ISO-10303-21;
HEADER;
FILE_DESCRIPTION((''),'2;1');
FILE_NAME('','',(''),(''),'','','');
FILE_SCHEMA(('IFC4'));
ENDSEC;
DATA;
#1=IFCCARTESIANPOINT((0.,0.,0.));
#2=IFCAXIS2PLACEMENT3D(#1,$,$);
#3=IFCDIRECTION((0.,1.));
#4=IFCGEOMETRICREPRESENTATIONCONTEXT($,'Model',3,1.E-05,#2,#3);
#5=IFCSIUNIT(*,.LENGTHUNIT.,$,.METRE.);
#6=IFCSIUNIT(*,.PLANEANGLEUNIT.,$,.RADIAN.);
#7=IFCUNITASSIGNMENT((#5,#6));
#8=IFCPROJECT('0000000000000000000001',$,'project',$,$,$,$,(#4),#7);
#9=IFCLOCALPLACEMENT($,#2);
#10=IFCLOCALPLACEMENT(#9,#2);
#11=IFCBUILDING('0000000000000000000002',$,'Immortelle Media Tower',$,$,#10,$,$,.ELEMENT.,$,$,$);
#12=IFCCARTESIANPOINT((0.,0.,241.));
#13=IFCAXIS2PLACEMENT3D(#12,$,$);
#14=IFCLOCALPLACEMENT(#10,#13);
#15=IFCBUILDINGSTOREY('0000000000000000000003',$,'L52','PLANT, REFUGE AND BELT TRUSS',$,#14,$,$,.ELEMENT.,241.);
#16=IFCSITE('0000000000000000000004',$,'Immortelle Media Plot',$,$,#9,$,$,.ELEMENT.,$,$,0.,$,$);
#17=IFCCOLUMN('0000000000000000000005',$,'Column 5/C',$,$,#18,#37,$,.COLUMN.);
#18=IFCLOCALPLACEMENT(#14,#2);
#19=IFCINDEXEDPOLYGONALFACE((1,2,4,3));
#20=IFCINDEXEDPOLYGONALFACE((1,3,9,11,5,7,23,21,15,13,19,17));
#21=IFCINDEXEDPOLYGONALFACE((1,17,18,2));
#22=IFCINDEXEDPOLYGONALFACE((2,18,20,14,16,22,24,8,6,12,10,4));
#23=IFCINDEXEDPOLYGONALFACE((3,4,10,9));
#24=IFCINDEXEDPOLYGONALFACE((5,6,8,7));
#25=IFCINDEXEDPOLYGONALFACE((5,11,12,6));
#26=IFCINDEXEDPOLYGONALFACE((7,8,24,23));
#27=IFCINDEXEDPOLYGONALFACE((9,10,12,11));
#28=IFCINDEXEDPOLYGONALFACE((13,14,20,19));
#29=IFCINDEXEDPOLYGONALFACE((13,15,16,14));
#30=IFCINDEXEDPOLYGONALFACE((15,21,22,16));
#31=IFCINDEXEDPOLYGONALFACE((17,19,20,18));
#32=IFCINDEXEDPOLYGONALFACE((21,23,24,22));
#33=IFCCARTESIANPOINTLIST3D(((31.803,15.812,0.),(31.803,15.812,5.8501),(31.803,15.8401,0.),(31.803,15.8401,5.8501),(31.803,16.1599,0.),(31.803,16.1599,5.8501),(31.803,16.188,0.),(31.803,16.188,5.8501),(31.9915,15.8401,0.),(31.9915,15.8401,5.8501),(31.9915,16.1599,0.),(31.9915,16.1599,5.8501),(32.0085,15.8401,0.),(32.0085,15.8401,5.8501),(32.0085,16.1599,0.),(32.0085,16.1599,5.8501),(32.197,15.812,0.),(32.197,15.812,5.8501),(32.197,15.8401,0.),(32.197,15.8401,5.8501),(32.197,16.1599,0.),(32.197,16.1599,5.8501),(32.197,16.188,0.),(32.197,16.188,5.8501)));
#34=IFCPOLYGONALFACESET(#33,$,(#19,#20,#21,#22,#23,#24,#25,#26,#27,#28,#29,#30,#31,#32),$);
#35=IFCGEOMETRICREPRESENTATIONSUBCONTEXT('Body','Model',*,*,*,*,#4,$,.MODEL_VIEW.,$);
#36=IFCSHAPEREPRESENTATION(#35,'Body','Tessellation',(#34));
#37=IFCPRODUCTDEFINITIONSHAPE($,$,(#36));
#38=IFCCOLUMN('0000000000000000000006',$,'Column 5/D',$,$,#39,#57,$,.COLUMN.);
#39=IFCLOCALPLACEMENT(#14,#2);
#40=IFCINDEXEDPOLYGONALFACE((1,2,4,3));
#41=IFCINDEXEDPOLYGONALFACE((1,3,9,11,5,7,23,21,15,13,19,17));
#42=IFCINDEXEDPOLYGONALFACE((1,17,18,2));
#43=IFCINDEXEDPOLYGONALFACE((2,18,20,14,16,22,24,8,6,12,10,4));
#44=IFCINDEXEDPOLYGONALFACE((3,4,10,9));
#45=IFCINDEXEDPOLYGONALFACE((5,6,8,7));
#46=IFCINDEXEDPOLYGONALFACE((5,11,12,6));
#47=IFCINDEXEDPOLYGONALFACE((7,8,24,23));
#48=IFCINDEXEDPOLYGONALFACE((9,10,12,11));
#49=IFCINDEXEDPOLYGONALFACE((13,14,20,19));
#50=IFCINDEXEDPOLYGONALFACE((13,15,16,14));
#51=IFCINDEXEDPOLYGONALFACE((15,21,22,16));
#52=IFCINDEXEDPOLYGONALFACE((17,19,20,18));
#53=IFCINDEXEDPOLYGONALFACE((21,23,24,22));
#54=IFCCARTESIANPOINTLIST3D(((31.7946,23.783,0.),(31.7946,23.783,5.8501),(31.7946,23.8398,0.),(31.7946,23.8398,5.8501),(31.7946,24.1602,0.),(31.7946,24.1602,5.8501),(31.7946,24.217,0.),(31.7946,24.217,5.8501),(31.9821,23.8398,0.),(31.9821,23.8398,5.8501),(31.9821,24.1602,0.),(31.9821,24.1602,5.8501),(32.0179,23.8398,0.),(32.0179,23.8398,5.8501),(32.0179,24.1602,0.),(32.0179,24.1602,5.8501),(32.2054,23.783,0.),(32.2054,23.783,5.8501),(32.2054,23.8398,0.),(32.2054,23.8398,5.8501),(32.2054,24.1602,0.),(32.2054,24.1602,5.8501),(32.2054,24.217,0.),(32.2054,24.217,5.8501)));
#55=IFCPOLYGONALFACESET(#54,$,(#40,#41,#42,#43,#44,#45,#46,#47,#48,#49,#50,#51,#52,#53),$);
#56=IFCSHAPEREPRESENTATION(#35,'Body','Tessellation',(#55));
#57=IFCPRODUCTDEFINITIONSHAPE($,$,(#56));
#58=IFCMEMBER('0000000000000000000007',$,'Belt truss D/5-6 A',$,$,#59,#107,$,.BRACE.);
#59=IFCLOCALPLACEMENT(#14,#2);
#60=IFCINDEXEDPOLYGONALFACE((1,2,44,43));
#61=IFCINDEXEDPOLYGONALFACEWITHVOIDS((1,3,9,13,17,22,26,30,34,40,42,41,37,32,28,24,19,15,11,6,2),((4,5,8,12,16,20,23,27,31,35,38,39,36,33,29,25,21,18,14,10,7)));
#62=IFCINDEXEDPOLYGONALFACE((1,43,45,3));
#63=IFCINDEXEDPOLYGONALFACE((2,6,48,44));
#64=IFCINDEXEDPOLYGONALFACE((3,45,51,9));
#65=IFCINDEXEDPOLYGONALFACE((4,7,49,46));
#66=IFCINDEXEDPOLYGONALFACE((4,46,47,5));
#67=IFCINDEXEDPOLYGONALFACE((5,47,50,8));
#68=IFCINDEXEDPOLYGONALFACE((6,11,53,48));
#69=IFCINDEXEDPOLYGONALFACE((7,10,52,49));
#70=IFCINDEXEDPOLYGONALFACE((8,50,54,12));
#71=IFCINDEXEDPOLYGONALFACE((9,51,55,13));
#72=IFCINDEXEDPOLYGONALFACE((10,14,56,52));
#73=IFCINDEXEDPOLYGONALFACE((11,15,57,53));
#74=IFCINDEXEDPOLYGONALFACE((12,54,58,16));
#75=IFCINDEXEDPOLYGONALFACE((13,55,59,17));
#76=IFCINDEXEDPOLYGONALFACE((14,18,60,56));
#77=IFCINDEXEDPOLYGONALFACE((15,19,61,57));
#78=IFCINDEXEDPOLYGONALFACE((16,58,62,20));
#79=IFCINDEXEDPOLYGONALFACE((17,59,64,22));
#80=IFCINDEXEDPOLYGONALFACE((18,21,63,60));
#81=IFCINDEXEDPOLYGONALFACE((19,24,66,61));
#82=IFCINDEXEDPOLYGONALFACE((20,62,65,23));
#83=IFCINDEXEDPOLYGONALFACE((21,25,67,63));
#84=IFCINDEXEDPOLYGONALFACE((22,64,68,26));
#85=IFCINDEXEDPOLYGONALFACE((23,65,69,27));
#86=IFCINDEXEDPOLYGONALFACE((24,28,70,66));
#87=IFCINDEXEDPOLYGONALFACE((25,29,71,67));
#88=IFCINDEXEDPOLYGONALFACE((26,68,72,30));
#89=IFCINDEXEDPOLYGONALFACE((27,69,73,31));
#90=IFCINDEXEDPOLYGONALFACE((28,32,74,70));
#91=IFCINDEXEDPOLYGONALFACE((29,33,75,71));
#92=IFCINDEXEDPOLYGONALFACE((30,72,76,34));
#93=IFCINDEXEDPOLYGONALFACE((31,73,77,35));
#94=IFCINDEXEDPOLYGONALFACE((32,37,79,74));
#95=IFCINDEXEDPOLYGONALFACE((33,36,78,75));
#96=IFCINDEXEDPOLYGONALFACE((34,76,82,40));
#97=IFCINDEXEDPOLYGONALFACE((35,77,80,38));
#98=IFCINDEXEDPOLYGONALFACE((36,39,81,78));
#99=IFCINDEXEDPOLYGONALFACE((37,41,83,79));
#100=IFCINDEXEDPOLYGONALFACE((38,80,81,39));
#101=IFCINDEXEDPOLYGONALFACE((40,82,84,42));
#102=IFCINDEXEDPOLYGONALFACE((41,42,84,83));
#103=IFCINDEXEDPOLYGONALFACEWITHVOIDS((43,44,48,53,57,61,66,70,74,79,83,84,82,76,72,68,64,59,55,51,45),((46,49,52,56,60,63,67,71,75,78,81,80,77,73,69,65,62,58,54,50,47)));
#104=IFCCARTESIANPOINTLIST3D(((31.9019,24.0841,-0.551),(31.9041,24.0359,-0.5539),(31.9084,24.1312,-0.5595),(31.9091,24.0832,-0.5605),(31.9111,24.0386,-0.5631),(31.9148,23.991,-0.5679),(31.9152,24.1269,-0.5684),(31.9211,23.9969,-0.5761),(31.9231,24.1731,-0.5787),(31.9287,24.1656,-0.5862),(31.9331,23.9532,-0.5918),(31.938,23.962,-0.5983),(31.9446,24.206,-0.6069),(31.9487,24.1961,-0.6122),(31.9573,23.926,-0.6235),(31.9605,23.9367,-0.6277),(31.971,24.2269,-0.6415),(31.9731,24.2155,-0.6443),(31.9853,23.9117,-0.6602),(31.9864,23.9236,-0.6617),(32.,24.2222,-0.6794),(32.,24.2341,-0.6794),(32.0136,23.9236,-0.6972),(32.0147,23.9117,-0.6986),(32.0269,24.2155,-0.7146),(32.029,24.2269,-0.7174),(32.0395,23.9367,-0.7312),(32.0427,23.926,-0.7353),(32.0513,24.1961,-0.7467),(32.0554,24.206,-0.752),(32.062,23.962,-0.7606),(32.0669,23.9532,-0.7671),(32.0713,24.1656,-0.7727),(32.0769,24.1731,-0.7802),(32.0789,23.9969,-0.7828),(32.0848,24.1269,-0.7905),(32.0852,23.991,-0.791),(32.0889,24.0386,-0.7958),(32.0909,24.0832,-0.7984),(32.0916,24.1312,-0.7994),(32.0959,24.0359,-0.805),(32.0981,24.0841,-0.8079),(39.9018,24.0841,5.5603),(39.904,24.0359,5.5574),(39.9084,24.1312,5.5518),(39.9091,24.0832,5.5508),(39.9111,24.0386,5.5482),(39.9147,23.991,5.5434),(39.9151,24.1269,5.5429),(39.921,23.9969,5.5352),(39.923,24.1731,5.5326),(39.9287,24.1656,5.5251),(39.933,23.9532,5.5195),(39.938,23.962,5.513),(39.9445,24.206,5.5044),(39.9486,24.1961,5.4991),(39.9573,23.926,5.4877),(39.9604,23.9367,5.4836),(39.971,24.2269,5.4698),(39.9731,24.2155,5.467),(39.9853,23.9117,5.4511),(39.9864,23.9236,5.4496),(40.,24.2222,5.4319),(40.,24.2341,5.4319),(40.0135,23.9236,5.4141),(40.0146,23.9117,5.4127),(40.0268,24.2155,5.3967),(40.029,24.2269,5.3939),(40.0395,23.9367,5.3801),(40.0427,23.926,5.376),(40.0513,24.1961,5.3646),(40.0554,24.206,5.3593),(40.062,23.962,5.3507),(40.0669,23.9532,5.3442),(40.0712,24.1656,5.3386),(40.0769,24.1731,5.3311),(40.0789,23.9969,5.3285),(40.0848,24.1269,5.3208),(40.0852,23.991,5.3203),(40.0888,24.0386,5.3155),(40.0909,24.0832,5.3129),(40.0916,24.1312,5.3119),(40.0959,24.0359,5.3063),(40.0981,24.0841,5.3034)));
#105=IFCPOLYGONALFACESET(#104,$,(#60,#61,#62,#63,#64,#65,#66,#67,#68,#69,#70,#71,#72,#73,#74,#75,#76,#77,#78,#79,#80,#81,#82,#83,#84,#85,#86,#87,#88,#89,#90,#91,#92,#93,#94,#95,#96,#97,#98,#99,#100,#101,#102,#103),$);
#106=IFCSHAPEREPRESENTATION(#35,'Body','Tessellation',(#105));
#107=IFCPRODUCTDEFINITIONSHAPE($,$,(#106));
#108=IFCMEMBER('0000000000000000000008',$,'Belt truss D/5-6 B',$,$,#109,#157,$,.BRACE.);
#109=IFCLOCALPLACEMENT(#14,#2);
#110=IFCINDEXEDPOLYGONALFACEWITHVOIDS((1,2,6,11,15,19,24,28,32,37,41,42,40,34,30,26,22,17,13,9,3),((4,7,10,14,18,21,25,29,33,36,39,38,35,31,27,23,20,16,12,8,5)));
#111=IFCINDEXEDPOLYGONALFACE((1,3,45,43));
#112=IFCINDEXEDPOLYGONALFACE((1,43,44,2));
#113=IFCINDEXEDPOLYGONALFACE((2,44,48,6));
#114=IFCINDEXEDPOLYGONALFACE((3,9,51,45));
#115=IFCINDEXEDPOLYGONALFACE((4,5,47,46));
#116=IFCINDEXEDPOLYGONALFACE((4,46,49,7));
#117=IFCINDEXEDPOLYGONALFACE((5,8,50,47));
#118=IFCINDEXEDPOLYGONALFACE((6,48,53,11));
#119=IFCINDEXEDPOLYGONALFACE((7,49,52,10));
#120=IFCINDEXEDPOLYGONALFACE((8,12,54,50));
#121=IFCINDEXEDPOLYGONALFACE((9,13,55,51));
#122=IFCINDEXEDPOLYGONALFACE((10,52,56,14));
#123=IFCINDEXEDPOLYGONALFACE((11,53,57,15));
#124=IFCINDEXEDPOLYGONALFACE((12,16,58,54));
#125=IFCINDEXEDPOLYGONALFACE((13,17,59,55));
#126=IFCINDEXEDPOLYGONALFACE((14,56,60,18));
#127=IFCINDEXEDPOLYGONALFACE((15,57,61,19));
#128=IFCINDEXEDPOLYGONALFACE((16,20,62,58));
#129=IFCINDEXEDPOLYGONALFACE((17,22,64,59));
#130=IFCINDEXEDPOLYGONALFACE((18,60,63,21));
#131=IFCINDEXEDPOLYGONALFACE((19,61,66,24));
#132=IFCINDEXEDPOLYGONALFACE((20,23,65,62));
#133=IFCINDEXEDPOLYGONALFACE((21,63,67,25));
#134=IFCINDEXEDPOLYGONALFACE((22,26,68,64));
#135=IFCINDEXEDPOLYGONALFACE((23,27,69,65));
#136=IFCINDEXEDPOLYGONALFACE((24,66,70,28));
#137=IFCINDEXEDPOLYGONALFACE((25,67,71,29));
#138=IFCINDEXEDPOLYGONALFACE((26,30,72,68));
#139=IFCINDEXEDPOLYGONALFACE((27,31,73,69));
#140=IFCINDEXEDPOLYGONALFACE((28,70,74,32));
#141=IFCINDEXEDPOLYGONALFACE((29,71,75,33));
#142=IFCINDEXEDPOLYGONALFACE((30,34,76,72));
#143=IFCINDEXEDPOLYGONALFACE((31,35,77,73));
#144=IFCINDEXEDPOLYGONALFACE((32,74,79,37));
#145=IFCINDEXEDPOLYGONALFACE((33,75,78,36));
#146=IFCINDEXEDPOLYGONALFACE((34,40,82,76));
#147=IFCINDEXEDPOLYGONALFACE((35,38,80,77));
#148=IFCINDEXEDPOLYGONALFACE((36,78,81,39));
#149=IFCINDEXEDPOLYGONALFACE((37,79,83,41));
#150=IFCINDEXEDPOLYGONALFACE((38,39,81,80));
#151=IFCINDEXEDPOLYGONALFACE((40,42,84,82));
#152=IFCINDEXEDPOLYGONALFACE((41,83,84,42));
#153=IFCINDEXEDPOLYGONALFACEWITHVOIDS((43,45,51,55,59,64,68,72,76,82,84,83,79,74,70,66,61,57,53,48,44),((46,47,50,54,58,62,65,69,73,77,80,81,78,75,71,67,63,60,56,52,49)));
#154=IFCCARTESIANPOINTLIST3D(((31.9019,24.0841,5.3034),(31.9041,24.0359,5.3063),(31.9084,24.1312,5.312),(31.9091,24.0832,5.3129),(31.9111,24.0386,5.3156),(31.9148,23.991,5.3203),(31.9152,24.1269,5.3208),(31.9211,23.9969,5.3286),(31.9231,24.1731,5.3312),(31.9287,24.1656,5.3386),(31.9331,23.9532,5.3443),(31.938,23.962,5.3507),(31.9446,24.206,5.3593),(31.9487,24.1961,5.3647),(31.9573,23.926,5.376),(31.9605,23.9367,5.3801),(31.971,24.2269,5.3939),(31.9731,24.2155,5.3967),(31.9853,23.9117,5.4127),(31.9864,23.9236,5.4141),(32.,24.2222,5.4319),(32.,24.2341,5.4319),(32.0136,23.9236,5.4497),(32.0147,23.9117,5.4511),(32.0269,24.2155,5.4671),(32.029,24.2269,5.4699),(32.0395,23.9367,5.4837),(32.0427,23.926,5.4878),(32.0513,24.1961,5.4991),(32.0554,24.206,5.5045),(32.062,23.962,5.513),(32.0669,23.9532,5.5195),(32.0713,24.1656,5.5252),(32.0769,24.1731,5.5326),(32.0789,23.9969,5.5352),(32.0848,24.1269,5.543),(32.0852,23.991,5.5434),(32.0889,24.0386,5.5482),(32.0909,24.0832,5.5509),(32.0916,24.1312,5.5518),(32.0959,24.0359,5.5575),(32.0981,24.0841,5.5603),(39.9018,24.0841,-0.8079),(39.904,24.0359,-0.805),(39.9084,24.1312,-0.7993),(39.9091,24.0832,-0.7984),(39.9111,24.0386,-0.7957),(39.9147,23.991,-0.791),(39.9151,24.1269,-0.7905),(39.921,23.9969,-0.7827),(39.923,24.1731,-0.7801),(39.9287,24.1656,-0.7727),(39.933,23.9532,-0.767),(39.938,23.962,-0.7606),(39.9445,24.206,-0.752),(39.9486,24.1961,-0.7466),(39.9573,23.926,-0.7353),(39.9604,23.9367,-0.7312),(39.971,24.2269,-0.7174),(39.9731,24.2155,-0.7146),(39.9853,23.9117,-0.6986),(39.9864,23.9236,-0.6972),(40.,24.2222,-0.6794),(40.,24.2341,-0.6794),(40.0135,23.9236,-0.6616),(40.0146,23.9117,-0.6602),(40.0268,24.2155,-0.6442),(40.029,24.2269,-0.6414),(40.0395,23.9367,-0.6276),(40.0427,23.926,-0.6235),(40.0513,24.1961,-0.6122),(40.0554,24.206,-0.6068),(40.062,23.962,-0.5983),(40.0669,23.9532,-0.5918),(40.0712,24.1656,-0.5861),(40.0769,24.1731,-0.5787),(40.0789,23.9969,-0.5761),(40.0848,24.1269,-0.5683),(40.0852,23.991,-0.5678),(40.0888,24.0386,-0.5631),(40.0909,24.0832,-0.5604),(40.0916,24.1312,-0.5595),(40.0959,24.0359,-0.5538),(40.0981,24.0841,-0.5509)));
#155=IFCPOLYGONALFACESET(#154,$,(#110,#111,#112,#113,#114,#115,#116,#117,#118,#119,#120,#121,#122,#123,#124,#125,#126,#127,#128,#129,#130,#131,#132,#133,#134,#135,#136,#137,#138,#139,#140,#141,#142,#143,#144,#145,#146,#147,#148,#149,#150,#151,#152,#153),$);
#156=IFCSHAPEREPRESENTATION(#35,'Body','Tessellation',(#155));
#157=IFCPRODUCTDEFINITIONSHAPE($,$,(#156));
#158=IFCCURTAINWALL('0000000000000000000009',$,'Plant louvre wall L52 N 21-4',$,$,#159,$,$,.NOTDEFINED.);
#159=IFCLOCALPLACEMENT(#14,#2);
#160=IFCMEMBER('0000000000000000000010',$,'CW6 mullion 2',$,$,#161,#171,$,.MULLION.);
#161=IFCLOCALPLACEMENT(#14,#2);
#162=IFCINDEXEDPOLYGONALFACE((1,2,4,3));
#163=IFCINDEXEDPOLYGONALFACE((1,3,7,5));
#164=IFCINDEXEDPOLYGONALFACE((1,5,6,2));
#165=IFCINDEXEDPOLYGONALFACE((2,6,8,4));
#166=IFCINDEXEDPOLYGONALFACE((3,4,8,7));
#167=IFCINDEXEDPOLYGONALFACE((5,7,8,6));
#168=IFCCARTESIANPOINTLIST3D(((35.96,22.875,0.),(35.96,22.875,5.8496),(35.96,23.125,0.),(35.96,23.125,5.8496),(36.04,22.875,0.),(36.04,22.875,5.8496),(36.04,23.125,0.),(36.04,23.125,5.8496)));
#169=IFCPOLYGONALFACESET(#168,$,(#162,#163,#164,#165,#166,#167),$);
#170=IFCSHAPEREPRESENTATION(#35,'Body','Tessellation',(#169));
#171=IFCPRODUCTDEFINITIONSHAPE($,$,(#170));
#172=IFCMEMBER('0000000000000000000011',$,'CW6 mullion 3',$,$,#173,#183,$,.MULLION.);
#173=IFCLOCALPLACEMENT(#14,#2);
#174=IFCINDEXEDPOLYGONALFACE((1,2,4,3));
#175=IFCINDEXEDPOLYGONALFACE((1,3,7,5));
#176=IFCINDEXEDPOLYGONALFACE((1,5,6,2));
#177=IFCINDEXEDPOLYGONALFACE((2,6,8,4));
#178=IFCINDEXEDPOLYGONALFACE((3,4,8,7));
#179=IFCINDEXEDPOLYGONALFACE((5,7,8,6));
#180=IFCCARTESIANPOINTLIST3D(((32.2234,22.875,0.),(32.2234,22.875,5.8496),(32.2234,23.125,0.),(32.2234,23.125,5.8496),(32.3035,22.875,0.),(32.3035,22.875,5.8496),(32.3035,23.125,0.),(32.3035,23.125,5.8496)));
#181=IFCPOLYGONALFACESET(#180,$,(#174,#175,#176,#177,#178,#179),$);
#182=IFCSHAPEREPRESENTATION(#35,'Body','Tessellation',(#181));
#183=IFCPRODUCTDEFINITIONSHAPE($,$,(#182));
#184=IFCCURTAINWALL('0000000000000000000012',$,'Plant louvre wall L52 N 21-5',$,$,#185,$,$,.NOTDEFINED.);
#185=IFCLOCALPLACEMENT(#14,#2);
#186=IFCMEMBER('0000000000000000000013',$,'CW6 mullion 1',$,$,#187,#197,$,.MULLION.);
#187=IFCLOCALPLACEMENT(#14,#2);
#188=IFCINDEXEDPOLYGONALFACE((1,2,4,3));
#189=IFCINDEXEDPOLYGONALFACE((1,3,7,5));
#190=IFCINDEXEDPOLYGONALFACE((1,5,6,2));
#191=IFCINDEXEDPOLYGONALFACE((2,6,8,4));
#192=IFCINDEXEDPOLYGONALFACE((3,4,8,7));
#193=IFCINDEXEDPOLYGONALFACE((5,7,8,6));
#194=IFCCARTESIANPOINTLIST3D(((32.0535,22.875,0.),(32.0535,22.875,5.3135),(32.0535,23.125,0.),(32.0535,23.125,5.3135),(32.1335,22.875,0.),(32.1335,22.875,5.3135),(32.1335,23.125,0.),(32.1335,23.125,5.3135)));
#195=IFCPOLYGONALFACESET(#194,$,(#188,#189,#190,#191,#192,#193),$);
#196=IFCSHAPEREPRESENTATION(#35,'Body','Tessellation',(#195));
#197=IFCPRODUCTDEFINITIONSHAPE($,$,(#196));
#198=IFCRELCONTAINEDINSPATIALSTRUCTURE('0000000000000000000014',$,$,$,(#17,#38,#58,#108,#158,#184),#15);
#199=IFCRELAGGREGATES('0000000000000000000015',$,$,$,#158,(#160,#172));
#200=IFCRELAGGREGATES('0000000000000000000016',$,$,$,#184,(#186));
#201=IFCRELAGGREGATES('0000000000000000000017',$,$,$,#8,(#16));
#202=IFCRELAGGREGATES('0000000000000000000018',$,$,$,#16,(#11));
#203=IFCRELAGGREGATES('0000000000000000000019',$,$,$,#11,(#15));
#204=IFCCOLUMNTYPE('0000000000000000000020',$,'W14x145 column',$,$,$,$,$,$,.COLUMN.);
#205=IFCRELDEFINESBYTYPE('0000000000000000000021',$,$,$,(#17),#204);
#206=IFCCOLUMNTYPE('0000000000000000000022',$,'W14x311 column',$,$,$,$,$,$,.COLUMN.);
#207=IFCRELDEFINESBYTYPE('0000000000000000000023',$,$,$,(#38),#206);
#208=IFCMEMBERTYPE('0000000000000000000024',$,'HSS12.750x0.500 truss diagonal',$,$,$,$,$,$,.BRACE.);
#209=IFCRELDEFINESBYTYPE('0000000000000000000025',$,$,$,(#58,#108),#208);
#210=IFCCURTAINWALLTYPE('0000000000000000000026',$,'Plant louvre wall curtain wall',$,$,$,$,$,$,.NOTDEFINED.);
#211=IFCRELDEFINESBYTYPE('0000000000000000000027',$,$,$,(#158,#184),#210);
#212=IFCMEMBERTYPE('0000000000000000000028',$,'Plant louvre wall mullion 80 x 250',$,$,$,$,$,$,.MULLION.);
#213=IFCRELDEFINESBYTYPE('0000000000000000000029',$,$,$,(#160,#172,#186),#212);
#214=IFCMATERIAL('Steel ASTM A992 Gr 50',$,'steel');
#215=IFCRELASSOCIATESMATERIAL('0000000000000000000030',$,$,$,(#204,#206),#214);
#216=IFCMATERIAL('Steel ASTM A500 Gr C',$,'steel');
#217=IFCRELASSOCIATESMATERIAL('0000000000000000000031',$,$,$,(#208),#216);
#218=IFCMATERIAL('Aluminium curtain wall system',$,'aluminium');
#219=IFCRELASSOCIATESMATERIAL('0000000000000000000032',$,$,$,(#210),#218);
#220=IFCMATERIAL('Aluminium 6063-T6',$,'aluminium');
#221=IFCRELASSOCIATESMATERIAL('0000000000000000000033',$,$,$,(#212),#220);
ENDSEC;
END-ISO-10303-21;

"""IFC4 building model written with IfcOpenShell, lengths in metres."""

from ifc_helpers import new_model, si_unit, direction, frame, origin, origin_2d, place, context, subcontext, project, spatial, rectangle, hollow_circle, i_section, extrude, material, material_profile, profile_set, type_object, element, aggregate, save


model = new_model("IFC4")

# Units and contexts
model_context = context("Model", 3, precision=1e-05, world=origin(), true_north=direction((0.0, 1.0)))
body_context = subcontext(model_context, "Body", "Model", "MODEL_VIEW")
ifc_project = project(units=[si_unit("LENGTHUNIT", "METRE"), si_unit("PLANEANGLEUNIT", "RADIAN")], contexts=[model_context])

# Site, building, storey
site_placement = place(None, origin())
site = spatial("IfcSite", under=ifc_project, at=site_placement, Name="Immortelle Media Plot", CompositionType="ELEMENT", RefElevation=0.0)
building_placement = place(site_placement, origin())
building = spatial("IfcBuilding", under=site, at=building_placement, Name="Immortelle Media Tower", CompositionType="ELEMENT")
storey_placement = place(building_placement, frame((0.0, 0.0, 241.0)))
storey = spatial("IfcBuildingStorey", under=building, at=storey_placement, Name="L52", Description="PLANT, REFUGE AND BELT TRUSS", CompositionType="ELEMENT", Elevation=241.0)

# Columns
ifc_material_1 = material(Name="Steel ASTM A992 Gr 50", Category="steel")
ifc_material_profile_1 = material_profile(ifc_material_1, i_section(OverallWidth=0.394, OverallDepth=0.376, WebThickness=0.0171, FlangeThickness=0.0281, at=origin_2d()), Name="W14x145")
ifc_profile_set_1 = profile_set([ifc_material_profile_1], Name="Steel ASTM A992 Gr 50")
column_type_1 = type_object("IfcColumnType", Name="W14x145 column", PredefinedType="COLUMN", material=ifc_profile_set_1)
column_1_placement = place(storey_placement, frame((32.0, 16.0, 0.0), z_axis=(0.0, 0.0, 1.0), x_axis=(1.0, 0.0, 0.0)))
element("IfcColumn", 1, at=column_1_placement, inside=storey, type_object=column_type_1, Name="Column 5/C", PredefinedType="COLUMN", context=body_context, shape_type="SweptSolid", body=[
    extrude(i_section(OverallWidth=0.394, OverallDepth=0.376, WebThickness=0.0171, FlangeThickness=0.0281, at=origin_2d()), origin(), (0.0, 0.0, 1.0), 5.8501),
])
ifc_material_profile_2 = material_profile(ifc_material_1, i_section(OverallWidth=0.4109, OverallDepth=0.4341, WebThickness=0.0359, FlangeThickness=0.0569, at=origin_2d()), Name="W14x311")
ifc_profile_set_2 = profile_set([ifc_material_profile_2], Name="Steel ASTM A992 Gr 50")
column_type_2 = type_object("IfcColumnType", Name="W14x311 column", PredefinedType="COLUMN", material=ifc_profile_set_2)
column_2_placement = place(storey_placement, frame((32.0, 24.0, 0.0), z_axis=(0.0, 0.0, 1.0), x_axis=(1.0, 0.0, 0.0)))
element("IfcColumn", 2, at=column_2_placement, inside=storey, type_object=column_type_2, Name="Column 5/D", PredefinedType="COLUMN", context=body_context, shape_type="SweptSolid", body=[
    extrude(i_section(OverallWidth=0.4109, OverallDepth=0.4341, WebThickness=0.0359, FlangeThickness=0.0569, at=origin_2d()), origin(), (0.0, 0.0, 1.0), 5.8501),
])

# Members
ifc_material_2 = material(Name="Steel ASTM A500 Gr C", Category="steel")
ifc_material_profile_3 = material_profile(ifc_material_2, hollow_circle(Radius=0.1621, WallThickness=0.012, at=origin_2d()), Name="HSS12.750x0.500 truss diagonal")
ifc_profile_set_3 = profile_set([ifc_material_profile_3], Name="Steel ASTM A500 Gr C")
member_type_1 = type_object("IfcMemberType", Name="HSS12.750x0.500 truss diagonal", PredefinedType="BRACE", material=ifc_profile_set_3)
for number, where, z_axis, x_axis, name in (
    (3, (32.0, 24.072, -0.6794), (0.794661, 0.0, 0.607054), (0.0, 1.0, 0.0), "Belt truss D/5-6 A"),
    (4, (32.0, 24.072, 5.4319), (0.794661, 0.0, -0.607054), (0.0, 1.0, 0.0), "Belt truss D/5-6 B"),
):
    element("IfcMember", number, at=place(storey_placement, frame(where, z_axis=z_axis, x_axis=x_axis)), inside=storey, type_object=member_type_1, Name=name, PredefinedType="BRACE", context=body_context, shape_type="SweptSolid", body=[
        extrude(hollow_circle(Radius=0.1621, WallThickness=0.012, at=origin_2d()), origin(), (0.0, 0.0, 1.0), 10.0671),
    ])

# Curtain walls, members
ifc_material_3 = material(Name="Aluminium curtain wall system", Category="aluminium")
curtain_wall_type = type_object("IfcCurtainWallType", Name="Plant louvre wall curtain wall", PredefinedType="NOTDEFINED", material=ifc_material_3)
curtain_wall_1_placement = place(storey_placement, origin())
curtain_wall_1 = element("IfcCurtainWall", 5, at=curtain_wall_1_placement, inside=storey, type_object=curtain_wall_type, Name="Plant louvre wall L52 N 21-4", PredefinedType="NOTDEFINED")
ifc_material_4 = material(Name="Aluminium 6063-T6", Category="aluminium")
ifc_material_profile_4 = material_profile(ifc_material_4, rectangle(XDim=0.25, YDim=0.0801, at=origin_2d()), Name="AL 80x250")
ifc_profile_set_4 = profile_set([ifc_material_profile_4], Name="Aluminium 6063-T6")
member_type_2 = type_object("IfcMemberType", Name="Plant louvre wall mullion 80 x 250", PredefinedType="MULLION", material=ifc_profile_set_4)
member_1_placement = place(storey_placement, frame((36.0, 23.0, 0.0), z_axis=(0.0, 0.0, 1.0), x_axis=(0.0, -1.0, 0.0)))
member_1 = element("IfcMember", 6, at=member_1_placement, type_object=member_type_2, Name="CW6 mullion 2", PredefinedType="MULLION", context=body_context, shape_type="SweptSolid", body=[
    extrude(rectangle(XDim=0.25, YDim=0.0801, at=origin_2d()), origin(), (0.0, 0.0, 1.0), 5.8496),
])
member_2_placement = place(storey_placement, frame((32.2634, 23.0, 0.0), z_axis=(0.0, 0.0, 1.0), x_axis=(0.0, -1.0, 0.0)))
member_2 = element("IfcMember", 7, at=member_2_placement, type_object=member_type_2, Name="CW6 mullion 3", PredefinedType="MULLION", context=body_context, shape_type="SweptSolid", body=[
    extrude(rectangle(XDim=0.25, YDim=0.0801, at=origin_2d()), origin(), (0.0, 0.0, 1.0), 5.8496),
])
curtain_wall_2_placement = place(storey_placement, origin())
curtain_wall_2 = element("IfcCurtainWall", 8, at=curtain_wall_2_placement, inside=storey, type_object=curtain_wall_type, Name="Plant louvre wall L52 N 21-5", PredefinedType="NOTDEFINED")
member_3_placement = place(storey_placement, frame((32.0935, 23.0, 0.0), z_axis=(0.0, 0.0, 1.0), x_axis=(0.0, -1.0, 0.0)))
member_3 = element("IfcMember", 9, at=member_3_placement, type_object=member_type_2, Name="CW6 mullion 1", PredefinedType="MULLION", context=body_context, shape_type="SweptSolid", body=[
    extrude(rectangle(XDim=0.25, YDim=0.0801, at=origin_2d()), origin(), (0.0, 0.0, 1.0), 5.3135),
])

aggregate(curtain_wall_1, [member_1, member_2])
aggregate(curtain_wall_2, [member_3])

save(model, "model.ifc")
